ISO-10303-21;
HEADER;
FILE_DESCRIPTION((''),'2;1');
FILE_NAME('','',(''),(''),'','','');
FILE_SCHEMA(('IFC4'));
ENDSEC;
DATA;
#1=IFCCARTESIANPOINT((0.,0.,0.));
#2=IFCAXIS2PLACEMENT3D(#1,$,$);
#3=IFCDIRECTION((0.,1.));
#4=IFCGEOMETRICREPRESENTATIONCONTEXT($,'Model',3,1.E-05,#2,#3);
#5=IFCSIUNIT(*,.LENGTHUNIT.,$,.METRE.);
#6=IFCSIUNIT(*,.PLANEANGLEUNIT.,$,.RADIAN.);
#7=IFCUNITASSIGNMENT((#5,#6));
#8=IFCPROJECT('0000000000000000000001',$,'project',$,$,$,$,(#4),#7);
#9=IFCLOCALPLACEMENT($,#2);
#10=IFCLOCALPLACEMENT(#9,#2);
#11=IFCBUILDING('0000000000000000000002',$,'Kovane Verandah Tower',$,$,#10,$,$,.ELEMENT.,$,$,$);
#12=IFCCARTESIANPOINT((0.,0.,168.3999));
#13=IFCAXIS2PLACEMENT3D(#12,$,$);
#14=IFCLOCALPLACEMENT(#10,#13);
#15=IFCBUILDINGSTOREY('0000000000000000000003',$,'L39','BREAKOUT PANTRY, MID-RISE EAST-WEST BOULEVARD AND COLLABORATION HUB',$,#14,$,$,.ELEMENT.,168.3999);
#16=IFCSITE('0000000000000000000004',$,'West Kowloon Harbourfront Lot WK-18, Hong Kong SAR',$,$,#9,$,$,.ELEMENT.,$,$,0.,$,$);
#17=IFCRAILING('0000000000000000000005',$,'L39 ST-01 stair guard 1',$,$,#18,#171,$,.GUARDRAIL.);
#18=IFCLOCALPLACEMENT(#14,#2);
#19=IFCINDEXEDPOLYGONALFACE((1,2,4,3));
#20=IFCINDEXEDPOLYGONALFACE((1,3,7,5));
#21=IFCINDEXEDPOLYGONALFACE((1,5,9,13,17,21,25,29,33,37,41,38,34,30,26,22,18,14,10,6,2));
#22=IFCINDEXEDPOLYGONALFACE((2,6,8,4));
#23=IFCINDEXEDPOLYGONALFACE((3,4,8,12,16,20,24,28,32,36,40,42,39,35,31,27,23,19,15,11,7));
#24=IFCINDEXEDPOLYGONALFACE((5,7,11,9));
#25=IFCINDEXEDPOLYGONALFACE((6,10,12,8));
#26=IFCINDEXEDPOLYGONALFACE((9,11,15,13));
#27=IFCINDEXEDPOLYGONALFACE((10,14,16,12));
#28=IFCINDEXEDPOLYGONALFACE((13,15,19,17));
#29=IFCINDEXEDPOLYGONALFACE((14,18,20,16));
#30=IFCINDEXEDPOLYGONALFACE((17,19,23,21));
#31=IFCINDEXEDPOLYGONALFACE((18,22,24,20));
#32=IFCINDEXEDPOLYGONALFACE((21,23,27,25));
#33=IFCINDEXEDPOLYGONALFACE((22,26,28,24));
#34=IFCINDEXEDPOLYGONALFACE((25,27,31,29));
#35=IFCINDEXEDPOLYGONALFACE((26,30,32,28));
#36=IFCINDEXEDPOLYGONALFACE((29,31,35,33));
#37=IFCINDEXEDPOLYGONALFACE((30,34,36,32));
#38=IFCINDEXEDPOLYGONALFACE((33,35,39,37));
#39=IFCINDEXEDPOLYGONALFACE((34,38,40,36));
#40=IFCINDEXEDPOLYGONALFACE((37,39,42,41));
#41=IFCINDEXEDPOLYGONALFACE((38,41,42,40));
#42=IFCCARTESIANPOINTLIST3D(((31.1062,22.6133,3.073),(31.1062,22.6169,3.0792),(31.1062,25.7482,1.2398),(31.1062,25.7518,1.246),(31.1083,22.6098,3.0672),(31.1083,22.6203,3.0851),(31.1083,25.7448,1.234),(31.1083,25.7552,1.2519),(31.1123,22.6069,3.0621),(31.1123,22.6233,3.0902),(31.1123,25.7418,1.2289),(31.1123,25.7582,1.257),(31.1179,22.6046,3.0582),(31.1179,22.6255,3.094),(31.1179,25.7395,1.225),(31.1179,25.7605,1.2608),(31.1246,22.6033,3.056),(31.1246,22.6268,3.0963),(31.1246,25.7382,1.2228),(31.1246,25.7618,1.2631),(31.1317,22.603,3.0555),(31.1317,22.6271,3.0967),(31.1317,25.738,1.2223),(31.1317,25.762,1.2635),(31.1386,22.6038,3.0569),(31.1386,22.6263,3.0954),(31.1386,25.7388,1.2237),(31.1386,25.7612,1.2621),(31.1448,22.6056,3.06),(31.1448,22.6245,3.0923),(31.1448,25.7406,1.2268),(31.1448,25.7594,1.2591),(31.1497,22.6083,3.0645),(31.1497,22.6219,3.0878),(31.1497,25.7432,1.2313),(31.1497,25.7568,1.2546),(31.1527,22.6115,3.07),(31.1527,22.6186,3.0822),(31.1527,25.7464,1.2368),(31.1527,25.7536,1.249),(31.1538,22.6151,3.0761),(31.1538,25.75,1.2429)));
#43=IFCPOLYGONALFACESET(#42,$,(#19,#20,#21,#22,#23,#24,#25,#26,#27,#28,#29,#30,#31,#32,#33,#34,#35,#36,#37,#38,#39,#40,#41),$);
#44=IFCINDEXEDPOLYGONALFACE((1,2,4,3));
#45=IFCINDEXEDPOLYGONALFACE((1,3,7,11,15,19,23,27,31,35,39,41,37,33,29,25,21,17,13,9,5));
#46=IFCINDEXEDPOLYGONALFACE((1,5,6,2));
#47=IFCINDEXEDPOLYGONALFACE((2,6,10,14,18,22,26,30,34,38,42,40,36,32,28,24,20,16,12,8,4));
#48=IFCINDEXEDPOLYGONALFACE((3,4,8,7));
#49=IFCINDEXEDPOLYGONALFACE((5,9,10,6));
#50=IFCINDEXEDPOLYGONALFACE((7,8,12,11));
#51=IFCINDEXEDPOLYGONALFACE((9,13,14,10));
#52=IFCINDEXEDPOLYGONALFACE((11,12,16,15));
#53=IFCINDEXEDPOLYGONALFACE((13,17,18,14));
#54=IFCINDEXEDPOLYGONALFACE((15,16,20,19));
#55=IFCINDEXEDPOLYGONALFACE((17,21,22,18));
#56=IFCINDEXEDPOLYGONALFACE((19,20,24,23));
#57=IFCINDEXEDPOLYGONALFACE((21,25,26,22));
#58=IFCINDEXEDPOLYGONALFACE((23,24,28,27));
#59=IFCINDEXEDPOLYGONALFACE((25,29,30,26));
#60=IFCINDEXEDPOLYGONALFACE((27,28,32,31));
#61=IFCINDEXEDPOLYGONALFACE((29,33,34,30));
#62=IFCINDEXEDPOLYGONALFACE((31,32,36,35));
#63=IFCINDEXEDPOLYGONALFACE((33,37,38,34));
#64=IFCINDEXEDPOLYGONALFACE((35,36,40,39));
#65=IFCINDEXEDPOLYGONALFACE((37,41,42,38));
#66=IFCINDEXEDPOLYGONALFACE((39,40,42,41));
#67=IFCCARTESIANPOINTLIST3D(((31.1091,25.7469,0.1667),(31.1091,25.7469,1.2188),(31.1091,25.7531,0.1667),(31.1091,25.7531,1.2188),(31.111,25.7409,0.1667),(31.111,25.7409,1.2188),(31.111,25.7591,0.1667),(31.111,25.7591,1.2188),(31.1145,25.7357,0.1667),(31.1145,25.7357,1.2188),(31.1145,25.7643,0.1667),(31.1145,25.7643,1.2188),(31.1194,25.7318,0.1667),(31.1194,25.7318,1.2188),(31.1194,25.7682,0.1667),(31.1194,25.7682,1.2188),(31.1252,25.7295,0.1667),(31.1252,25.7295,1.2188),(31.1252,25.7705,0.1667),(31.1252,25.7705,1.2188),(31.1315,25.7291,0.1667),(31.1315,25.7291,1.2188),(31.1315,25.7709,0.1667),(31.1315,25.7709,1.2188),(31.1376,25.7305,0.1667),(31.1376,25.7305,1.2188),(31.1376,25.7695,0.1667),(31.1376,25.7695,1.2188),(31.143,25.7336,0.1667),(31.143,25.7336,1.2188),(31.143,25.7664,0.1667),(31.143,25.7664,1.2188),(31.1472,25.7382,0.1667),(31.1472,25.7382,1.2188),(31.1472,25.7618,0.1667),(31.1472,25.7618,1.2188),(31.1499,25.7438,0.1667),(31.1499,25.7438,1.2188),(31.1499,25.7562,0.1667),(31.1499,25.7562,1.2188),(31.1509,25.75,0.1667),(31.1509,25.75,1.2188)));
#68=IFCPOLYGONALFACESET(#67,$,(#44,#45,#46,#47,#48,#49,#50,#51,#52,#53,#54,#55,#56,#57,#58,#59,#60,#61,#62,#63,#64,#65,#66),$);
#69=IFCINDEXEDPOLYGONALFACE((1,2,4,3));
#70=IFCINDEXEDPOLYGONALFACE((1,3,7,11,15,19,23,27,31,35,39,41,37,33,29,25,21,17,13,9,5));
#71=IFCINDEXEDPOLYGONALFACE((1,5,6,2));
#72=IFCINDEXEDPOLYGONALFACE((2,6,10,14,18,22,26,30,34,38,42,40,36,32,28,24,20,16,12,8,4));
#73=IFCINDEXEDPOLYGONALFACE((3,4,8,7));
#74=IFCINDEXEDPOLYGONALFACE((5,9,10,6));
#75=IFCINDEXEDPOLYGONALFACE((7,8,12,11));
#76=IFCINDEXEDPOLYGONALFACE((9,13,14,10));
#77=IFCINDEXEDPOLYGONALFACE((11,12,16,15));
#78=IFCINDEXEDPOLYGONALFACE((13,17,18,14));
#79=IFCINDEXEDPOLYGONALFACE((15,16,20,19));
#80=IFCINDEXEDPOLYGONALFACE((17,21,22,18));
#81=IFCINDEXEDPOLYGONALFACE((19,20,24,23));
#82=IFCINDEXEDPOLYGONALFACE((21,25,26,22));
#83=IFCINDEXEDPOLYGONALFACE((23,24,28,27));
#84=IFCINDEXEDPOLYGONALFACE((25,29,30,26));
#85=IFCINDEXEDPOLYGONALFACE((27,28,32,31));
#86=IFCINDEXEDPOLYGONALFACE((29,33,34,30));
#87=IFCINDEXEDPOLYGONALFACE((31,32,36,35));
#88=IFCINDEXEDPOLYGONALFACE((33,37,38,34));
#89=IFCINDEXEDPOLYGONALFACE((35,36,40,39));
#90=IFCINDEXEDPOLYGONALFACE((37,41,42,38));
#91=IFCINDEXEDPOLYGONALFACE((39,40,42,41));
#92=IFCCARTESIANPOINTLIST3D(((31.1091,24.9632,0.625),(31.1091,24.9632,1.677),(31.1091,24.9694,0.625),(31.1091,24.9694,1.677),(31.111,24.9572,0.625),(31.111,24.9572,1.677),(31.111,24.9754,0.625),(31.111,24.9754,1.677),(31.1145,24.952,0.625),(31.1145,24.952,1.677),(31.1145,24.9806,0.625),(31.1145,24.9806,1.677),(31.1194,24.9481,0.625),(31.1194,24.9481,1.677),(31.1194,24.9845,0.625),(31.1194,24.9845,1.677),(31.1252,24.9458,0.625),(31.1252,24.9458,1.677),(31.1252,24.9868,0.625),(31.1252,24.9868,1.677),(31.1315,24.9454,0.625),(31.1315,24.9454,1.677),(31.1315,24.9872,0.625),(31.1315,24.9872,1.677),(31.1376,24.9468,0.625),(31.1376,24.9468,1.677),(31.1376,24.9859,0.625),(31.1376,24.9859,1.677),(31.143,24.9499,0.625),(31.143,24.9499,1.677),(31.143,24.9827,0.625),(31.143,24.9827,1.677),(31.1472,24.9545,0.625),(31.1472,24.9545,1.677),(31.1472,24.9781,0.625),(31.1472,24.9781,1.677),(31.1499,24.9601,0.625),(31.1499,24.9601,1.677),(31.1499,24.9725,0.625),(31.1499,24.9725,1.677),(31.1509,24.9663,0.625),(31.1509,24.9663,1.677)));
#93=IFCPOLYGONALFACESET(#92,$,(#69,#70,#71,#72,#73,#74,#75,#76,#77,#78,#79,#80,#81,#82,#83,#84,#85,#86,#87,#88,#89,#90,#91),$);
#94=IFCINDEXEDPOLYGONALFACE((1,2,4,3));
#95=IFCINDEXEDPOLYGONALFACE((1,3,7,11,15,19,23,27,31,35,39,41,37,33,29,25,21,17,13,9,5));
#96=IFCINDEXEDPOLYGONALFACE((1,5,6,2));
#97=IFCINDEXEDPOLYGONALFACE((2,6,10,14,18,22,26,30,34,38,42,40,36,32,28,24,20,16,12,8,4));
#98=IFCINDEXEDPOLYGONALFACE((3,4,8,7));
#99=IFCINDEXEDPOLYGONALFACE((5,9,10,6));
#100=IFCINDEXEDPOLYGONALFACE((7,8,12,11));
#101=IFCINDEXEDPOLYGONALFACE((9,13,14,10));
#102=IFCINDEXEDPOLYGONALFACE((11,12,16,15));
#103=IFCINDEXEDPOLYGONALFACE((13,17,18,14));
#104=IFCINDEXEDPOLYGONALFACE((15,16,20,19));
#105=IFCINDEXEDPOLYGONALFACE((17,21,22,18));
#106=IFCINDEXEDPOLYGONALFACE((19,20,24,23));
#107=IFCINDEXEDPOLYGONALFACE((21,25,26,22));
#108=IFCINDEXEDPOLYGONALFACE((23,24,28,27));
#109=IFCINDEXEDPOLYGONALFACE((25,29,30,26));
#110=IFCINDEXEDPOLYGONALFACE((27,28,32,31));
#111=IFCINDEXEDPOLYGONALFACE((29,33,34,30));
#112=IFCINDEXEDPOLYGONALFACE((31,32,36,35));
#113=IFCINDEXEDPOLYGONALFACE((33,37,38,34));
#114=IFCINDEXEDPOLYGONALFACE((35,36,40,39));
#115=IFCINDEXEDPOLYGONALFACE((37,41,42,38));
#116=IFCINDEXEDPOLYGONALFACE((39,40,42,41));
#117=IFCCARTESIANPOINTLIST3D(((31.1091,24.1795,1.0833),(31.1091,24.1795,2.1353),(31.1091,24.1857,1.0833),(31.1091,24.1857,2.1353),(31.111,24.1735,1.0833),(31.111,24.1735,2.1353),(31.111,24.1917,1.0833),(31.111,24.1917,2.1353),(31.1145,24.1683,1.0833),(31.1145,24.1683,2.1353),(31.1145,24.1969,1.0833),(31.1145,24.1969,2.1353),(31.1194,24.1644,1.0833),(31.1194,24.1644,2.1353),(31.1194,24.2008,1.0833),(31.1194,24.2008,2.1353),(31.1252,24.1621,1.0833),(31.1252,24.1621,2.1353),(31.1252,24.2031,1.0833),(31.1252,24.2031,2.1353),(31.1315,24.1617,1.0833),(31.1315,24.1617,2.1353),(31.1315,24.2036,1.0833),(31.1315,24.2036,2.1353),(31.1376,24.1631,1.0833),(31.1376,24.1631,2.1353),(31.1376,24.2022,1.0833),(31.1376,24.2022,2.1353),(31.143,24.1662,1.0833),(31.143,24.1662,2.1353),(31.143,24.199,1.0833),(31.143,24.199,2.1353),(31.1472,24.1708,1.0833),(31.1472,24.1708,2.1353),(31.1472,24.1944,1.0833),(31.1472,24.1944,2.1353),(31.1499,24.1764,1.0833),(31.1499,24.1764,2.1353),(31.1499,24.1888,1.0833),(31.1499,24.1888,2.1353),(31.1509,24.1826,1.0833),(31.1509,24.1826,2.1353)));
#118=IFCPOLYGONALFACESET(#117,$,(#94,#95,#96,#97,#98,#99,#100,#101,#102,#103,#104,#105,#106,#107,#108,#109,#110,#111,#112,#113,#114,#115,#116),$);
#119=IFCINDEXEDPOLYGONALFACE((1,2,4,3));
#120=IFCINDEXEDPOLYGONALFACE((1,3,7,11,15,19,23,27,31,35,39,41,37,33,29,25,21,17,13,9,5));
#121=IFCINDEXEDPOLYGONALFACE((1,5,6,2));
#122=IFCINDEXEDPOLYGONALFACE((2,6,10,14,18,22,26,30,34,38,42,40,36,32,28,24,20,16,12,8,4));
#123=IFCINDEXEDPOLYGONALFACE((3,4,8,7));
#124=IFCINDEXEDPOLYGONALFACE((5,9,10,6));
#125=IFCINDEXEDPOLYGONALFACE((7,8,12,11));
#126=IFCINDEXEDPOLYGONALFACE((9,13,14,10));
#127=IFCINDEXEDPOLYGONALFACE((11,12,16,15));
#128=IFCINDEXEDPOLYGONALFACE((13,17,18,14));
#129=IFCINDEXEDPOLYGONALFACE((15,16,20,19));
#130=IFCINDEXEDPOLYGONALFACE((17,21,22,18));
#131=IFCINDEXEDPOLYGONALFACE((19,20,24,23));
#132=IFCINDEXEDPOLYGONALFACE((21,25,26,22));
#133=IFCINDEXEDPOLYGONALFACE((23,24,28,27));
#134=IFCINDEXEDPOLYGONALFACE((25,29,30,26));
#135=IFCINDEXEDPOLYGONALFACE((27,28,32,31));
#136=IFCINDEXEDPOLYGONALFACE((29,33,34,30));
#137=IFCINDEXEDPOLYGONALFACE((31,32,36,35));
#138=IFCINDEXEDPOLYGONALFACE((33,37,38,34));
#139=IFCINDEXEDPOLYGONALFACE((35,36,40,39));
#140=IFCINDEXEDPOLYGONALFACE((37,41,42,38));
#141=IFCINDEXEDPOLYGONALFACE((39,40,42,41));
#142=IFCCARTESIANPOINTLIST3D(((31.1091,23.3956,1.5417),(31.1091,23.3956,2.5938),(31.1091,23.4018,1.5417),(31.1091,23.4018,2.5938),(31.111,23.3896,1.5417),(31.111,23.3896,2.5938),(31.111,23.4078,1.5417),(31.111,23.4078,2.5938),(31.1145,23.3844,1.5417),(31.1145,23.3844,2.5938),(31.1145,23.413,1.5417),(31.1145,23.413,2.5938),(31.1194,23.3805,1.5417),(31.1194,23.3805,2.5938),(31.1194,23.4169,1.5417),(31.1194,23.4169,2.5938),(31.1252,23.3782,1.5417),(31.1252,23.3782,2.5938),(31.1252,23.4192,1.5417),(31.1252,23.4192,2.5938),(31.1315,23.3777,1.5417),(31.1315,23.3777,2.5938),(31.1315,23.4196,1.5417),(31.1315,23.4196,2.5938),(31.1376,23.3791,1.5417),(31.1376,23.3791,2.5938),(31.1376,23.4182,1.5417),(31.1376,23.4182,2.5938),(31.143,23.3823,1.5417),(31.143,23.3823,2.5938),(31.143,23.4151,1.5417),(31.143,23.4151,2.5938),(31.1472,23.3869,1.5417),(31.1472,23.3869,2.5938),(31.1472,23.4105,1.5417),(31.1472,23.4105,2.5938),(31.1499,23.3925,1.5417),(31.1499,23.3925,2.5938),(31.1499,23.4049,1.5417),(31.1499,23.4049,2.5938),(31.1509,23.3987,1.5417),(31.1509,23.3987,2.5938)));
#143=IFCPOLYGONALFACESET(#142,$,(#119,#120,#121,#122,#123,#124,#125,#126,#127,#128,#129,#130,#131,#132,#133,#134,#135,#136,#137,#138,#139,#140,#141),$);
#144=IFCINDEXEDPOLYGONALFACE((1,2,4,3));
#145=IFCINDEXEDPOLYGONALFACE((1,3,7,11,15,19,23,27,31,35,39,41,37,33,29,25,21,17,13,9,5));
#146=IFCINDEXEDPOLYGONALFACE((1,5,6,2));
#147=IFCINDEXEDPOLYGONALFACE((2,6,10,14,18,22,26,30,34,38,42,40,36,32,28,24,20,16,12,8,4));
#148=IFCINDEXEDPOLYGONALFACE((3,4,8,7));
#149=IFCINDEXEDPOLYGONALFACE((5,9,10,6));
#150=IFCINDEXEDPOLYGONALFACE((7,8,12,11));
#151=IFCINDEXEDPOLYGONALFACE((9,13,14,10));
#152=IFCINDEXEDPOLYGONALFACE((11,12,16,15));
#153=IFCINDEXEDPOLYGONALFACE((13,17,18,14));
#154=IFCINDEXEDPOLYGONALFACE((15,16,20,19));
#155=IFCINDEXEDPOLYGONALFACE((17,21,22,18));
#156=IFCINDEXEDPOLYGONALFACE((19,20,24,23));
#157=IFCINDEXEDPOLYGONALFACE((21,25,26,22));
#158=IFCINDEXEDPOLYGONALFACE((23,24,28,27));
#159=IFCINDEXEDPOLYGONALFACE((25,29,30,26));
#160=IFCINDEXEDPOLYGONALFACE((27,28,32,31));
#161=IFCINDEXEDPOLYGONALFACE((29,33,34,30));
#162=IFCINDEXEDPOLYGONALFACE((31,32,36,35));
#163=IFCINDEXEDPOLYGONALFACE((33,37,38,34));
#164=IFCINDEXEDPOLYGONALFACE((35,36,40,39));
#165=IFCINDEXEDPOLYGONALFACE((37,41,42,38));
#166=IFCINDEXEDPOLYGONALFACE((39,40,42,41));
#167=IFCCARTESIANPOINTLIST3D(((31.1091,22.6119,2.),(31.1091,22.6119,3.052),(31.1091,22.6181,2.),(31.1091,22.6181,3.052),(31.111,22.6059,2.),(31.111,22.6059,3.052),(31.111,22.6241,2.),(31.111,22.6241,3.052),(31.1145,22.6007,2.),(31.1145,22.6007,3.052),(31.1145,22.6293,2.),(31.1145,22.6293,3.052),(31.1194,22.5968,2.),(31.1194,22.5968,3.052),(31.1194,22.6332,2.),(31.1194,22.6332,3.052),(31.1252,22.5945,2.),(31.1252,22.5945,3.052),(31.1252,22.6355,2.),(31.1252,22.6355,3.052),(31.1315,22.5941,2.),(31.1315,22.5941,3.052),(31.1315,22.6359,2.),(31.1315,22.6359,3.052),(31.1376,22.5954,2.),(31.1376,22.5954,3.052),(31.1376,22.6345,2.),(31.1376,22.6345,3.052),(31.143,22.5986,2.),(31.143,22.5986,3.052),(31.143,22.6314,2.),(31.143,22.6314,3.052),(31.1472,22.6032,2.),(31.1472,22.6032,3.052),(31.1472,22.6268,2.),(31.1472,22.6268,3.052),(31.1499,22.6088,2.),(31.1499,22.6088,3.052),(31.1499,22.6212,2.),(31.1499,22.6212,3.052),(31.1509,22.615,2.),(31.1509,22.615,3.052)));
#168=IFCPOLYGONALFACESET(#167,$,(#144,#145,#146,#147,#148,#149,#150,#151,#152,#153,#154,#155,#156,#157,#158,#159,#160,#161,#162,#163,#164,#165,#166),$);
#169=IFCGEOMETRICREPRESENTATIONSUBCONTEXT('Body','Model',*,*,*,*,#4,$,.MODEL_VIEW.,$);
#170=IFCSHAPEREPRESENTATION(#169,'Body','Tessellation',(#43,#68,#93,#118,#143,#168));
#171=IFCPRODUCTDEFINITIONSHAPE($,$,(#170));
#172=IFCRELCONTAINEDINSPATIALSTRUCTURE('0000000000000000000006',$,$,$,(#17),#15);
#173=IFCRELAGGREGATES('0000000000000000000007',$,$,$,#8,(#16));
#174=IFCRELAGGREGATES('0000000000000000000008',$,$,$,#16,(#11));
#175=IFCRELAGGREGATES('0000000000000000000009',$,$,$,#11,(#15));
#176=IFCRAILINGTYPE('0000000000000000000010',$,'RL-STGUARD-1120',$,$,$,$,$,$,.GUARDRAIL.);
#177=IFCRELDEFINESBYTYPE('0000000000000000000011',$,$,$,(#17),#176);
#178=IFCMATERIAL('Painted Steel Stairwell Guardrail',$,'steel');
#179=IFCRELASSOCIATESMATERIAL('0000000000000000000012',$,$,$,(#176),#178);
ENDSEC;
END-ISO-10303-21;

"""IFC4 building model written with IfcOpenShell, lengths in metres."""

from ifc_helpers import new_model, si_unit, direction, frame, origin, origin_2d, place, context, subcontext, project, spatial, circle, extrude, material, type_object, element, save


model = new_model("IFC4")

# Units and contexts
model_context = context("Model", 3, precision=1e-05, world=origin(), true_north=direction((0.0, 1.0)))
body_context = subcontext(model_context, "Body", "Model", "MODEL_VIEW")
ifc_project = project(units=[si_unit("LENGTHUNIT", "METRE"), si_unit("PLANEANGLEUNIT", "RADIAN")], contexts=[model_context])

# Site, building, storey
site_placement = place(None, origin())
site = spatial("IfcSite", under=ifc_project, at=site_placement, Name="West Kowloon Harbourfront Lot WK-18, Hong Kong SAR", CompositionType="ELEMENT", RefElevation=0.0)
building_placement = place(site_placement, origin())
building = spatial("IfcBuilding", under=site, at=building_placement, Name="Kovane Verandah Tower", CompositionType="ELEMENT")
storey_placement = place(building_placement, frame((0.0, 0.0, 168.3999)))
storey = spatial("IfcBuildingStorey", under=building, at=storey_placement, Name="L39", Description="BREAKOUT PANTRY, MID-RISE EAST-WEST BOULEVARD AND COLLABORATION HUB", CompositionType="ELEMENT", Elevation=168.3999)

# Railing
ifc_material_1 = material(Name="Painted Steel Stairwell Guardrail", Category="steel")
railing_type_1 = type_object("IfcRailingType", Name="RL-STGUARD-1120", PredefinedType="GUARDRAIL", material=ifc_material_1)
railing_1_placement = place(storey_placement, frame((31.1299, 25.75, 0.1667)))
element("IfcRailing", 1, at=railing_1_placement, inside=storey, type_object=railing_type_1, Name="L39 ST-01 stair guard 1", PredefinedType="GUARDRAIL", context=body_context, shape_type="SweptSolid", body=[
    extrude(circle(Radius=0.0239, at=origin_2d()), frame((0.0, 0.0, 1.0762), z_axis=(0.0, -0.86324, 0.504794), x_axis=(1.0, 0.0, 0.0)), (0.0, 0.0, 1.0), 3.6316),
    extrude(circle(Radius=0.021, at=origin_2d()), origin(), (0.0, 0.0, 1.0), 1.052),
    extrude(circle(Radius=0.021, at=origin_2d()), frame((0.0, -0.7837, 0.4583)), (0.0, 0.0, 1.0), 1.052),
    extrude(circle(Radius=0.021, at=origin_2d()), frame((0.0, -1.5674, 0.9165)), (0.0, 0.0, 1.0), 1.052),
    extrude(circle(Radius=0.021, at=origin_2d()), frame((0.0, -2.3513, 1.375)), (0.0, 0.0, 1.0), 1.052),
    extrude(circle(Radius=0.021, at=origin_2d()), frame((0.0, -3.135, 1.8333)), (0.0, 0.0, 1.0), 1.052),
])

save(model, "model.ifc")
